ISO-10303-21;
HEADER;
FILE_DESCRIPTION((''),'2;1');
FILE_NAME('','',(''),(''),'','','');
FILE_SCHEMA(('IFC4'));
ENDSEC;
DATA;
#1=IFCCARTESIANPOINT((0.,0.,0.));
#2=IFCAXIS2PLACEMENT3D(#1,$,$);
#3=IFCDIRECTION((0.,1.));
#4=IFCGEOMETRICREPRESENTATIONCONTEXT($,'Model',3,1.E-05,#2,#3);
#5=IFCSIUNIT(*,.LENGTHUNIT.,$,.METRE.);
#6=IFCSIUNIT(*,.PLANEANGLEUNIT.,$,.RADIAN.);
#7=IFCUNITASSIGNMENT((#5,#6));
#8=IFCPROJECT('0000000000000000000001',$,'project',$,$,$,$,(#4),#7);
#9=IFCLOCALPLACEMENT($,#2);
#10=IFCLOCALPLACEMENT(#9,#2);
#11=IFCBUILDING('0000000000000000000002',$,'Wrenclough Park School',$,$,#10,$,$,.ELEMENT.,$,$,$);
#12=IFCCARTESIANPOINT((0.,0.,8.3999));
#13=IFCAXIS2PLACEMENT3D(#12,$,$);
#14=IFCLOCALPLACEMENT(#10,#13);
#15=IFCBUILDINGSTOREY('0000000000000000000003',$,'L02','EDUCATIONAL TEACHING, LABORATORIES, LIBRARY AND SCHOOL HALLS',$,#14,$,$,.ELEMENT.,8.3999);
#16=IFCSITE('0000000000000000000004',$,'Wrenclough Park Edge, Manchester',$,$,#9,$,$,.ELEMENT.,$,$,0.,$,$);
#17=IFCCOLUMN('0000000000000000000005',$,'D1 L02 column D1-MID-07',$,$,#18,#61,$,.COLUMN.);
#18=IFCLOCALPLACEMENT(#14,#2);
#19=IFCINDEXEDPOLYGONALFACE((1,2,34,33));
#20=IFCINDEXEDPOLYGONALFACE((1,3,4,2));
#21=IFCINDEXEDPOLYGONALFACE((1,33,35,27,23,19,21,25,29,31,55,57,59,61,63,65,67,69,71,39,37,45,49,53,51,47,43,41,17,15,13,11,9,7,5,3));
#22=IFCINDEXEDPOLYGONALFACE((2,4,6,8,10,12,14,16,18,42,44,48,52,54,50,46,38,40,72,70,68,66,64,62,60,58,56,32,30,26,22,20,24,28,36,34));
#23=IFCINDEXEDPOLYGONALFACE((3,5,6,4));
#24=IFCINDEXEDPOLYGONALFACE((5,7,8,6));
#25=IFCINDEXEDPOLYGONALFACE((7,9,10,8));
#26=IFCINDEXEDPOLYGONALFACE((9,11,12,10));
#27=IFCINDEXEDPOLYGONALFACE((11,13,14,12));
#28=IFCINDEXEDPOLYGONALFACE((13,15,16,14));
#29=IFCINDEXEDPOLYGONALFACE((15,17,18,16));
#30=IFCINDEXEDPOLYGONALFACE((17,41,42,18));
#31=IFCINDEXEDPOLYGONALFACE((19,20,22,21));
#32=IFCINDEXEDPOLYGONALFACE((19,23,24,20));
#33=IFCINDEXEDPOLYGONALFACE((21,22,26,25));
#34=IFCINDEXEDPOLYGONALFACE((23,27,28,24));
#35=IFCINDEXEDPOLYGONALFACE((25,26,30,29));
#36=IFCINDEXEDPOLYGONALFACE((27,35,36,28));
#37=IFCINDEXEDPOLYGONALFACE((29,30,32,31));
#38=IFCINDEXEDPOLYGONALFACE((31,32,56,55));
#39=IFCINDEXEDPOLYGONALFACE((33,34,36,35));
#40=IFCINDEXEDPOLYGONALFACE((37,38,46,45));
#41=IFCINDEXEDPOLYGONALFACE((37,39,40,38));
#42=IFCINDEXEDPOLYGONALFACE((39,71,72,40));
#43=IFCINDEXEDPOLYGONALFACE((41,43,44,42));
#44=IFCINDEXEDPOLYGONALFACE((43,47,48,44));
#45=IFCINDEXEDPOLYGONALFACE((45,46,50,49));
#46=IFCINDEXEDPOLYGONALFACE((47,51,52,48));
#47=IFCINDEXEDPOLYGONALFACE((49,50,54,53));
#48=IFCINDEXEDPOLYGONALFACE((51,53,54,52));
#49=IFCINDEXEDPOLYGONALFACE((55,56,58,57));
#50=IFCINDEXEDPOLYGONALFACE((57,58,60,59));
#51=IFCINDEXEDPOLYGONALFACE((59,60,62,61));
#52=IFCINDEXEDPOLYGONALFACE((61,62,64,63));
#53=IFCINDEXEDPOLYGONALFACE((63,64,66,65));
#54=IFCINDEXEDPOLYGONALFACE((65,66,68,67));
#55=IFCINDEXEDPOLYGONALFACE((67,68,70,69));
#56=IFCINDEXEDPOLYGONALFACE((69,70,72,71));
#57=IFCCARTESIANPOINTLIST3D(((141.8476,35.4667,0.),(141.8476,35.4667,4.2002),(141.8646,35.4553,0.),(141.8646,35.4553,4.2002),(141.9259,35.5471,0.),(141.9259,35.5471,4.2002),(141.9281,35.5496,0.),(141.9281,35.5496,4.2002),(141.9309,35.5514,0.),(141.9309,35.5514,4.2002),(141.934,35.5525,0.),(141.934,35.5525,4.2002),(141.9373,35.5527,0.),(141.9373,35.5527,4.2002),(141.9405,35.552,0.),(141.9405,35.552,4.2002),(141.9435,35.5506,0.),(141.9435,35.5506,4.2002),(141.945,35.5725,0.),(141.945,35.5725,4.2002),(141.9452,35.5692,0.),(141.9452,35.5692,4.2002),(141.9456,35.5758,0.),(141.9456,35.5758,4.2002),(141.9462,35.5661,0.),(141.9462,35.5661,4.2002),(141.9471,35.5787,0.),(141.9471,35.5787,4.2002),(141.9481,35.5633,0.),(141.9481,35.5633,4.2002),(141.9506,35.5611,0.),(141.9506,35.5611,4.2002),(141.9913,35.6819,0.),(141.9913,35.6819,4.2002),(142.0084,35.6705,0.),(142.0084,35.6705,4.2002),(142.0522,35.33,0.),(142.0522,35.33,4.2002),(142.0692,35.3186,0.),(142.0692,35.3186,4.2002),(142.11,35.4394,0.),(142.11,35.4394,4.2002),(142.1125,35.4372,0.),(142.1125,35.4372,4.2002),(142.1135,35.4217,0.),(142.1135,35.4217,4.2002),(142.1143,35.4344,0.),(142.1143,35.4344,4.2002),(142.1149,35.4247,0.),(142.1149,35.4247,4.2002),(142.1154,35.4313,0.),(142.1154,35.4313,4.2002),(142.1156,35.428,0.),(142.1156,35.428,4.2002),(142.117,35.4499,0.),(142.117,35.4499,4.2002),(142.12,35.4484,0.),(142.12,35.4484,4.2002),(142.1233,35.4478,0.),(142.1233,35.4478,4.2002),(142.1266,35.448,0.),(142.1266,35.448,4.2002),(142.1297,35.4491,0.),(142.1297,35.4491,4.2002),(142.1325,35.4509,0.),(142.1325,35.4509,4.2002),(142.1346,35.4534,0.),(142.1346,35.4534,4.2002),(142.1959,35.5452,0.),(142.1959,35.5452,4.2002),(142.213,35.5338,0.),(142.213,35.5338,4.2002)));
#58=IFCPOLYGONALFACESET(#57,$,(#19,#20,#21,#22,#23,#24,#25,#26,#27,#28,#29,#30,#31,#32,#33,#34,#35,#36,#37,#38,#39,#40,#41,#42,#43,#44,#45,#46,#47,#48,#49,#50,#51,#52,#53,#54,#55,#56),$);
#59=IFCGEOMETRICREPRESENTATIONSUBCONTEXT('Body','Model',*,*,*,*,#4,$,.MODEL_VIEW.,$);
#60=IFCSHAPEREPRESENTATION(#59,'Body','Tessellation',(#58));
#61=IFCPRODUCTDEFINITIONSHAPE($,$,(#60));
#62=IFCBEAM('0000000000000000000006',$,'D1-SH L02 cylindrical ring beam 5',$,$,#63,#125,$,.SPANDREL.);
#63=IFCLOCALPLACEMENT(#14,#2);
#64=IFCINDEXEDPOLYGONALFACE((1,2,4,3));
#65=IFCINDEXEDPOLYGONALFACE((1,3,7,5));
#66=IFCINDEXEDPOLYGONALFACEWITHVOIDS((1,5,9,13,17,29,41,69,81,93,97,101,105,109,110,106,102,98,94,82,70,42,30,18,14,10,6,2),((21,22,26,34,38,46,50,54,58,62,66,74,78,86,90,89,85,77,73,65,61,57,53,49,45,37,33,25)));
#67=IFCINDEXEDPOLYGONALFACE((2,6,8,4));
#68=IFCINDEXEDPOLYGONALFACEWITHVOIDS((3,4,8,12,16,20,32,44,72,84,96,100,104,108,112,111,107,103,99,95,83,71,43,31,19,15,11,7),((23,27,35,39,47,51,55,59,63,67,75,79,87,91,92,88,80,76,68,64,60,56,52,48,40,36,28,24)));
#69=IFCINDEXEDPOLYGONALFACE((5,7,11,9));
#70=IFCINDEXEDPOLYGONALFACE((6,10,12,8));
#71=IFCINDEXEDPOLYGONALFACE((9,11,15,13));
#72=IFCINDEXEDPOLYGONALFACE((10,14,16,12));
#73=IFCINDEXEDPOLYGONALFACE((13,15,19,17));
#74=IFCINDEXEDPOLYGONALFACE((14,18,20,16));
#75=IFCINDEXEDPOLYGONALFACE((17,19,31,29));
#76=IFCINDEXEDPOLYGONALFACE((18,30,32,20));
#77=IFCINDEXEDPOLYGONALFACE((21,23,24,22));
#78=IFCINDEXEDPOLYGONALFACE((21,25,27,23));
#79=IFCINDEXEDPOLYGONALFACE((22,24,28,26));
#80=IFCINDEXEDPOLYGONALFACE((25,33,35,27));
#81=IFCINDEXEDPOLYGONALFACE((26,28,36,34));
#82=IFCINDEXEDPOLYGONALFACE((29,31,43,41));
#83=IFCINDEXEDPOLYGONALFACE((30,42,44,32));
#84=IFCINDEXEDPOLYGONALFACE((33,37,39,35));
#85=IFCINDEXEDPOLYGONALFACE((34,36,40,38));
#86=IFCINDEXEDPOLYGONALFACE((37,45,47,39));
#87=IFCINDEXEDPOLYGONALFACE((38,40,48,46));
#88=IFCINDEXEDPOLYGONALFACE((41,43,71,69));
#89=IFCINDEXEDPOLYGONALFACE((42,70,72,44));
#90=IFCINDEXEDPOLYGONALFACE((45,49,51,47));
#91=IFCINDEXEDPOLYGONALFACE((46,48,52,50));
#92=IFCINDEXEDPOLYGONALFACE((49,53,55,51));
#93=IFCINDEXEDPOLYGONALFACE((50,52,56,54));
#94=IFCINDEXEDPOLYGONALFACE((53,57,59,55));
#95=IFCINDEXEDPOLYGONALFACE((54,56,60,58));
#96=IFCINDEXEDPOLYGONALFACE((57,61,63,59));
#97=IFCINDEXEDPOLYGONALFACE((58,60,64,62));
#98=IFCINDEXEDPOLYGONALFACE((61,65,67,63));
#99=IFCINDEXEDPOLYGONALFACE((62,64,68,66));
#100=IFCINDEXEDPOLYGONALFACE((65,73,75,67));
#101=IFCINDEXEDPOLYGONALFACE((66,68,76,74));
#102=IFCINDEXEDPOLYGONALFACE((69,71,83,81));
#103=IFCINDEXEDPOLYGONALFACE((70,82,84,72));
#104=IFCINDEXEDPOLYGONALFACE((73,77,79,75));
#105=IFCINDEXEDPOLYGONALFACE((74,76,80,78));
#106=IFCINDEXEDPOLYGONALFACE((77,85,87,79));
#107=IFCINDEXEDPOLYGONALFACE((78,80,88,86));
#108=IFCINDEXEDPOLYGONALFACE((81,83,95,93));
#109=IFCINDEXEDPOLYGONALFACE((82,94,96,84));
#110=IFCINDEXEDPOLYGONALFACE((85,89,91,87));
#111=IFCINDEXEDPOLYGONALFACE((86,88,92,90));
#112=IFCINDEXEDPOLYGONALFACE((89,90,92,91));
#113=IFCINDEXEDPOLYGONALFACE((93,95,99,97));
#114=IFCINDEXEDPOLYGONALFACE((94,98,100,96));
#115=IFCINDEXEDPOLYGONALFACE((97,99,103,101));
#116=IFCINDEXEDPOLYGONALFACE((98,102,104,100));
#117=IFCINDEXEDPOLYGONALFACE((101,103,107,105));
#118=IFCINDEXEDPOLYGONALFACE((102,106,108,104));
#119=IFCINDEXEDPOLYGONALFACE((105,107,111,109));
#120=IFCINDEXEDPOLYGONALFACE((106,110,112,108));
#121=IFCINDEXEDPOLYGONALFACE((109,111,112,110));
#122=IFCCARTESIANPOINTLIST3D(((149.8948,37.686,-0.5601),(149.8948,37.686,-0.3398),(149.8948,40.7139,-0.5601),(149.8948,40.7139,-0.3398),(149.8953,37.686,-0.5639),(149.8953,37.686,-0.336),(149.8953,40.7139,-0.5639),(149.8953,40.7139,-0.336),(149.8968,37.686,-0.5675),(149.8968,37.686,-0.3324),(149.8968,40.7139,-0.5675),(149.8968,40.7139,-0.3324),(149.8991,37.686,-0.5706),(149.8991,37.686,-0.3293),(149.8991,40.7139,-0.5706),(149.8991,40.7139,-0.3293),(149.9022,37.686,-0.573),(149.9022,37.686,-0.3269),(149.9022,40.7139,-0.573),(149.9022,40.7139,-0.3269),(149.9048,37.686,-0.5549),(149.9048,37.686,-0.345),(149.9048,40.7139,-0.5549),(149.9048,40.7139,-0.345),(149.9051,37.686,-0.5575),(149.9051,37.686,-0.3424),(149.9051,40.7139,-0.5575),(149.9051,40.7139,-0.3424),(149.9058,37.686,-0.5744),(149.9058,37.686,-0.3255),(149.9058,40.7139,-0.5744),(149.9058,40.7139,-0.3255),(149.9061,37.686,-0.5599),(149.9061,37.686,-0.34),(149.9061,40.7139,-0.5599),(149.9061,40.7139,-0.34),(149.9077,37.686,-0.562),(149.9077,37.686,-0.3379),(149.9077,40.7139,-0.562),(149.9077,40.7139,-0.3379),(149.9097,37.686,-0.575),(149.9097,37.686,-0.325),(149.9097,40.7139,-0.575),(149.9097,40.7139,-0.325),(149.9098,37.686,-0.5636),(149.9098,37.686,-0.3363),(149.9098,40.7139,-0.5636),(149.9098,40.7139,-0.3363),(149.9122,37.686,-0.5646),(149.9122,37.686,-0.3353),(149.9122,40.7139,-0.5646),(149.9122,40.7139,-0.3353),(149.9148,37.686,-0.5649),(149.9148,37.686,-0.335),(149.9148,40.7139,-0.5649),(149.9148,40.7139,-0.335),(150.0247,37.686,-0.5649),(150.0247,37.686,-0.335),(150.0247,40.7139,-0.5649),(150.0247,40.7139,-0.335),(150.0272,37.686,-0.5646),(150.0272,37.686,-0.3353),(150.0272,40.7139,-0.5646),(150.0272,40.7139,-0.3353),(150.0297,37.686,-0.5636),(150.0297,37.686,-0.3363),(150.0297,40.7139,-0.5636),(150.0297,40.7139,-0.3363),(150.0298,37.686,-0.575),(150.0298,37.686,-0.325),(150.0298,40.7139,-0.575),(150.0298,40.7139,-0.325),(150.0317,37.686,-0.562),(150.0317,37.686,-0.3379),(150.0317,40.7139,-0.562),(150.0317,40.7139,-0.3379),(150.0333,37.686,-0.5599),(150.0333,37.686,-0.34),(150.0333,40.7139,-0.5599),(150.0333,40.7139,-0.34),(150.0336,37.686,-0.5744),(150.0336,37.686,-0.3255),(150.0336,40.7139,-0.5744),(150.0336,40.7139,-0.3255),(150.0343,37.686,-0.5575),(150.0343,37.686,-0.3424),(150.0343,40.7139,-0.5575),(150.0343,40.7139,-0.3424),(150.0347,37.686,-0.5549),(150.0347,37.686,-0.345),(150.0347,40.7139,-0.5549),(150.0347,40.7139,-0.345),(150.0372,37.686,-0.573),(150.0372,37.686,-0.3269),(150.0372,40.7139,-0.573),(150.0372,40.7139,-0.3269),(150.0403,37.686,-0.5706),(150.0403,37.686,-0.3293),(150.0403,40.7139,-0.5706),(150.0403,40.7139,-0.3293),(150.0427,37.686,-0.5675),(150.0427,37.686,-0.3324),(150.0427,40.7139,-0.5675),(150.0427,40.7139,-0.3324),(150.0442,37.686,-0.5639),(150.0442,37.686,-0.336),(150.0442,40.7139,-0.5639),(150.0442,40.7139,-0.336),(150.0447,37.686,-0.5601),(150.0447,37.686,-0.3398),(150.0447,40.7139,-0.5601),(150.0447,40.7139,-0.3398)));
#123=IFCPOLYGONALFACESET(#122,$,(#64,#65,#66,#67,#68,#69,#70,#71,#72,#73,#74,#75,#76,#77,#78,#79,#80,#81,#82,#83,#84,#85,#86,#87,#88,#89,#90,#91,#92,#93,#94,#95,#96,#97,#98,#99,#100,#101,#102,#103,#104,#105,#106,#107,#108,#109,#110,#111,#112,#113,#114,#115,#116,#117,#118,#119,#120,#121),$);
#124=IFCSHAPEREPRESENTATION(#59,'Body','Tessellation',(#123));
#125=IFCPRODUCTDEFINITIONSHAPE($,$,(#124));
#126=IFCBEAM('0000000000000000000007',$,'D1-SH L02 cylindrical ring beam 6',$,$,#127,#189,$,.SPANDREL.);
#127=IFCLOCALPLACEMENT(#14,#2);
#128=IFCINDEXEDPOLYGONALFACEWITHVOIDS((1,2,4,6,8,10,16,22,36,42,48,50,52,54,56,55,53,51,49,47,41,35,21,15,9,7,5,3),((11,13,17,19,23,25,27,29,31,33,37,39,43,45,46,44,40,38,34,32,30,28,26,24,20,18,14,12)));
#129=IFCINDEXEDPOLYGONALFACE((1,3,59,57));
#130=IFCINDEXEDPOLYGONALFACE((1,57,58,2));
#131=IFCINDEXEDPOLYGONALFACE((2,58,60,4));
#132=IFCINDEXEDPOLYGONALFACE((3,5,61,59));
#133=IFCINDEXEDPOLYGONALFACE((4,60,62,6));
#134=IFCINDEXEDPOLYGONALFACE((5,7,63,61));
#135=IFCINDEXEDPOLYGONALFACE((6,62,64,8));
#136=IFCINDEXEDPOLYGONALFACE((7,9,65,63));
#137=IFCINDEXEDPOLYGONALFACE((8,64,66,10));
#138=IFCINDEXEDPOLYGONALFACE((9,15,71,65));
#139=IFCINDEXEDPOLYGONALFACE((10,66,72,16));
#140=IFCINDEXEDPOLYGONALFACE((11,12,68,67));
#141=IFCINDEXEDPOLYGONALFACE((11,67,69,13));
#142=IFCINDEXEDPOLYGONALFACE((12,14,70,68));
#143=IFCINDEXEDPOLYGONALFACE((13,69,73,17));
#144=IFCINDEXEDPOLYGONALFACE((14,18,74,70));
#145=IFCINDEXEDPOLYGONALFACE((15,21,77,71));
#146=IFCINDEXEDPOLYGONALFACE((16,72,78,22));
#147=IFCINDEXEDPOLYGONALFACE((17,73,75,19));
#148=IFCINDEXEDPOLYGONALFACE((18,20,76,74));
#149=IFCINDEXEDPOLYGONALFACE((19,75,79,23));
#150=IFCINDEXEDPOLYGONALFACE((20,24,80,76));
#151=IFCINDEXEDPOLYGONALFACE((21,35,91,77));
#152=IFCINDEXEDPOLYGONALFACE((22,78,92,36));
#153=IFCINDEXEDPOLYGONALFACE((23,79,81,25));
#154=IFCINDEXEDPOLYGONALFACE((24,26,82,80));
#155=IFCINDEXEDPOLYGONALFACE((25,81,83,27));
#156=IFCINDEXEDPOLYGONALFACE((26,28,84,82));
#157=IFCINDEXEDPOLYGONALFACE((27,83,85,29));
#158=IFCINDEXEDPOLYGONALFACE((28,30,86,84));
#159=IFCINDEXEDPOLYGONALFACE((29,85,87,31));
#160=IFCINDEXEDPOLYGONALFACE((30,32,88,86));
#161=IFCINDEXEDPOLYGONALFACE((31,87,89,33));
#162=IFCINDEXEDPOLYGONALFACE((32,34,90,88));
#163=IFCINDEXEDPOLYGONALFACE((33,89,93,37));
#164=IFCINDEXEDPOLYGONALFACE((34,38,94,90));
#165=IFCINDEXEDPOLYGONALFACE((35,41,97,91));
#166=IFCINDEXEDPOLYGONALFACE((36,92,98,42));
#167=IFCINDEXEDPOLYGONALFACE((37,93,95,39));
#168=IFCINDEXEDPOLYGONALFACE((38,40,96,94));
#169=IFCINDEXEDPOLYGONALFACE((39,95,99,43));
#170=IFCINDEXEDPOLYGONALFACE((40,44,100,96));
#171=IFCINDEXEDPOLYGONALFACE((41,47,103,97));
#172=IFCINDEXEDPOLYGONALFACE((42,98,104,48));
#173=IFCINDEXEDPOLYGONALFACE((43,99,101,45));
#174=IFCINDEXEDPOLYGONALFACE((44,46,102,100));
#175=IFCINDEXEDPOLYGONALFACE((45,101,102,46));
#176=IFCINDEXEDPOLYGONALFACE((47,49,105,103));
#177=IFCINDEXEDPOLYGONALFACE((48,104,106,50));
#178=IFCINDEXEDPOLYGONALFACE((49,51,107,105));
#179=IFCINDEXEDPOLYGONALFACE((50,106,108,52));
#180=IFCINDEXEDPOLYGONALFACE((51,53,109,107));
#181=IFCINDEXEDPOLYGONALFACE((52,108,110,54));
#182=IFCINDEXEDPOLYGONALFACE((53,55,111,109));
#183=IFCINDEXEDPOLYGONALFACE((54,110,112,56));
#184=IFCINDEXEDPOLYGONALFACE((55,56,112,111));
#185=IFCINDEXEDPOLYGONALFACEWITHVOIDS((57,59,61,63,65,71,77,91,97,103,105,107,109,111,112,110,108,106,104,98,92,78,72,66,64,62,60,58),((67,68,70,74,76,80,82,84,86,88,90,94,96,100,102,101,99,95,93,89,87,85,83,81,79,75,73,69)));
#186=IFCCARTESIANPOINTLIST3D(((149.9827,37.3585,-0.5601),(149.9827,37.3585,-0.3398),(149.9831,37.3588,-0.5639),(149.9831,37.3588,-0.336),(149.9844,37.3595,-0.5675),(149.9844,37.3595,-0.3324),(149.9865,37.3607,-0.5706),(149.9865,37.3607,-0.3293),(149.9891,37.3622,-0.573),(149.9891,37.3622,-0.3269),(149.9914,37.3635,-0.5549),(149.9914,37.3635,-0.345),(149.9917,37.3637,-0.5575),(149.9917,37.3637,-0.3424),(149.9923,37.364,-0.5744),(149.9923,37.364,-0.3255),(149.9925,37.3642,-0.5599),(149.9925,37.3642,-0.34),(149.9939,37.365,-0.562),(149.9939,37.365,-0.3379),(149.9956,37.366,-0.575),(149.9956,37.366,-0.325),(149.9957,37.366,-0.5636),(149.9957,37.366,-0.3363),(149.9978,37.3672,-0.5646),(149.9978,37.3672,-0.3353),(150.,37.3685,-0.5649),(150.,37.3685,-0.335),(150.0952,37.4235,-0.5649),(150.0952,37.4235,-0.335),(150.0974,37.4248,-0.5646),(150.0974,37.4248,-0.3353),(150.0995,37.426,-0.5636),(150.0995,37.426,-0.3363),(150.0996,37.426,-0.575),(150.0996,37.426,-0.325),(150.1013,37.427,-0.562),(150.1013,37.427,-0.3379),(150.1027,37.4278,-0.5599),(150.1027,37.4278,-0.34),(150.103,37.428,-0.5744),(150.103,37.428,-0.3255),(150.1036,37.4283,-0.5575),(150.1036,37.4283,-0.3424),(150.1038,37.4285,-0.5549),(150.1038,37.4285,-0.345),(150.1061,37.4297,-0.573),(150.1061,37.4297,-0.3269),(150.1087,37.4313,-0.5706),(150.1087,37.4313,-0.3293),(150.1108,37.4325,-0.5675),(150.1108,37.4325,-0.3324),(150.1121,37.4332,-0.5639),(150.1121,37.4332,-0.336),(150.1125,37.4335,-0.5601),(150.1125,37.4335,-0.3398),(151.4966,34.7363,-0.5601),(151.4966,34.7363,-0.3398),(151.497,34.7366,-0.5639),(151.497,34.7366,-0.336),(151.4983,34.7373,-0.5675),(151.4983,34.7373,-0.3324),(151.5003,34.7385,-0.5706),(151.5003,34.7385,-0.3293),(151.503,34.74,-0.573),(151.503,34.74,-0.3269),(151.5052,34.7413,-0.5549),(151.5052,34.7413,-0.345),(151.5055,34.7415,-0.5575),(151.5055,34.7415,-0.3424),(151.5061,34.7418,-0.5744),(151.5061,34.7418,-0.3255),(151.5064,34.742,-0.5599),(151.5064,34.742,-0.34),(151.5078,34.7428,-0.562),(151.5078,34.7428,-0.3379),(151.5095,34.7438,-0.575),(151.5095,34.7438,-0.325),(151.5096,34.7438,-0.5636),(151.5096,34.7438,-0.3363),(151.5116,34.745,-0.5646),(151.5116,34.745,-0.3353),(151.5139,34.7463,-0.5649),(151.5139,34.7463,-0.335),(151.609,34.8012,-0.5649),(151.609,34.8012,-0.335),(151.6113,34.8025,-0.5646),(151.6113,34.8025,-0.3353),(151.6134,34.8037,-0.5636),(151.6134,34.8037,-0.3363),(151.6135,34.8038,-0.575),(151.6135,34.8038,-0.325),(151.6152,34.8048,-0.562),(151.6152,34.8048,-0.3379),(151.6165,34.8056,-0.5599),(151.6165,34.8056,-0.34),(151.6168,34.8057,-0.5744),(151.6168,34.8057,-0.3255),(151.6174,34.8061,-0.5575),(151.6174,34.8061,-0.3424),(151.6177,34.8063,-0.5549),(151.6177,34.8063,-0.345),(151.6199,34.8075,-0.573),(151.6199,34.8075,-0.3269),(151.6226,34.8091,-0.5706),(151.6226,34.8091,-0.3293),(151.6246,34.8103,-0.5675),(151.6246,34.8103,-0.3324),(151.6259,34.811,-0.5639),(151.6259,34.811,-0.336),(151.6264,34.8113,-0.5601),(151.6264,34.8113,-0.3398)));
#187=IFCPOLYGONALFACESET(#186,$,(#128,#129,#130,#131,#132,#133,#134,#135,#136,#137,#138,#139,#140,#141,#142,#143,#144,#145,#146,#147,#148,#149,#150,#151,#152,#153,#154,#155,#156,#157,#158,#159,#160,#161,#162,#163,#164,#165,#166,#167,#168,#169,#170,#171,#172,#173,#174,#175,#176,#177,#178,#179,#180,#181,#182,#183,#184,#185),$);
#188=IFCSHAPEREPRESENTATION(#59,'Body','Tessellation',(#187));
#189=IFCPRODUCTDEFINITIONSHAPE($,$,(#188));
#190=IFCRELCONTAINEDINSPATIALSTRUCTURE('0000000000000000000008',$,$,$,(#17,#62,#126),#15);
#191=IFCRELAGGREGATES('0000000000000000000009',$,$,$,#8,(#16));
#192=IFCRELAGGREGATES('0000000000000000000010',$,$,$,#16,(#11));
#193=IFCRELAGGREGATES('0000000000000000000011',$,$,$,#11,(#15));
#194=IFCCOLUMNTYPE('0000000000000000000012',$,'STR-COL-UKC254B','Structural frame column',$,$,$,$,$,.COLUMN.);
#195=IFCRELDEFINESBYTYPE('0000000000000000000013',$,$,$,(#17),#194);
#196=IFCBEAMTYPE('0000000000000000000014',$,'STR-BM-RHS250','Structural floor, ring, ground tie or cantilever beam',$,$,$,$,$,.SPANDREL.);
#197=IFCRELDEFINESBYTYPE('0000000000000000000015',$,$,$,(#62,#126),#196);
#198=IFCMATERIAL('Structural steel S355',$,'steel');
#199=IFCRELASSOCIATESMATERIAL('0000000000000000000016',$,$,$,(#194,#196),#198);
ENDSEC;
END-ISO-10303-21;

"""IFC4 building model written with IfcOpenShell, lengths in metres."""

from ifc_helpers import new_model, si_unit, direction, frame, origin, origin_2d, place, context, subcontext, project, spatial, hollow_rectangle, i_section, extrude, material, material_profile, profile_set, type_object, element, save


model = new_model("IFC4")

# Units and contexts
model_context = context("Model", 3, precision=1e-05, world=origin(), true_north=direction((0.0, 1.0)))
body_context = subcontext(model_context, "Body", "Model", "MODEL_VIEW")
ifc_project = project(units=[si_unit("LENGTHUNIT", "METRE"), si_unit("PLANEANGLEUNIT", "RADIAN")], contexts=[model_context])

# Site, building, storey
site_placement = place(None, origin())
site = spatial("IfcSite", under=ifc_project, at=site_placement, Name="Wrenclough Park Edge, Manchester", CompositionType="ELEMENT", RefElevation=0.0)
building_placement = place(site_placement, origin())
building = spatial("IfcBuilding", under=site, at=building_placement, Name="Wrenclough Park School", CompositionType="ELEMENT")
storey_placement = place(building_placement, frame((0.0, 0.0, 8.3999)))
storey = spatial("IfcBuildingStorey", under=building, at=storey_placement, Name="L02", Description="EDUCATIONAL TEACHING, LABORATORIES, LIBRARY AND SCHOOL HALLS", CompositionType="ELEMENT", Elevation=8.3999)

# Column
ifc_material_1 = material(Name="Structural steel S355", Category="steel")
ifc_material_profile_1 = material_profile(ifc_material_1, i_section(OverallWidth=0.2588, OverallDepth=0.2666, WebThickness=0.0127, FlangeThickness=0.0205, FilletRadius=0.0127, at=origin_2d()), Name="UKC 254x254x107")
ifc_profile_set_1 = profile_set([ifc_material_profile_1], Name="Structural steel S355")
column_type_1 = type_object("IfcColumnType", Name="STR-COL-UKC254B", Description="Structural frame column", PredefinedType="COLUMN", material=ifc_profile_set_1)
for number, where, z_axis, x_axis, name in (
    (1, (142.0303, 35.5002, 0.0), (0.0, 0.0, 1.0), (-0.55557, -0.83147, 0.0), "D1 L02 column D1-MID-07"),
):
    element("IfcColumn", number, at=place(storey_placement, frame(where, z_axis=z_axis, x_axis=x_axis)), inside=storey, type_object=column_type_1, Name=name, PredefinedType="COLUMN", context=body_context, shape_type="SweptSolid", body=[
        extrude(i_section(OverallWidth=0.2588, OverallDepth=0.2666, WebThickness=0.0127, FlangeThickness=0.0205, FilletRadius=0.0127, at=origin_2d()), origin(), (0.0, 0.0, 1.0), 4.2002),
    ])

# Beams
ifc_material_profile_2 = material_profile(ifc_material_1, hollow_rectangle(XDim=0.1499, YDim=0.25, WallThickness=0.01, InnerFilletRadius=0.01, OuterFilletRadius=0.0149, at=origin_2d()), Name="RHS 250x150x10.0")
ifc_profile_set_2 = profile_set([ifc_material_profile_2], Name="Structural steel S355")
beam_type_1 = type_object("IfcBeamType", Name="STR-BM-RHS250", Description="Structural floor, ring, ground tie or cantilever beam", PredefinedType="SPANDREL", material=ifc_profile_set_2)
for number, where, z_axis, x_axis, name in (
    (2, (149.9697, 40.7139, -0.45), (0.0, -1.0, 0.0), (1.0, 0.0, 0.0), "D1-SH L02 cylindrical ring beam 5"),
    (3, (150.0476, 37.396, -0.45), (0.499981, -0.866037, 0.0), (0.866037, 0.499981, 0.0), "D1-SH L02 cylindrical ring beam 6"),
):
    element("IfcBeam", number, at=place(storey_placement, frame(where, z_axis=z_axis, x_axis=x_axis)), inside=storey, type_object=beam_type_1, Name=name, PredefinedType="SPANDREL", context=body_context, shape_type="SweptSolid", body=[
        extrude(hollow_rectangle(XDim=0.1499, YDim=0.25, WallThickness=0.01, InnerFilletRadius=0.01, OuterFilletRadius=0.0149, at=origin_2d()), origin(), (0.0, 0.0, 1.0), 3.0278),
    ])

save(model, "model.ifc")
